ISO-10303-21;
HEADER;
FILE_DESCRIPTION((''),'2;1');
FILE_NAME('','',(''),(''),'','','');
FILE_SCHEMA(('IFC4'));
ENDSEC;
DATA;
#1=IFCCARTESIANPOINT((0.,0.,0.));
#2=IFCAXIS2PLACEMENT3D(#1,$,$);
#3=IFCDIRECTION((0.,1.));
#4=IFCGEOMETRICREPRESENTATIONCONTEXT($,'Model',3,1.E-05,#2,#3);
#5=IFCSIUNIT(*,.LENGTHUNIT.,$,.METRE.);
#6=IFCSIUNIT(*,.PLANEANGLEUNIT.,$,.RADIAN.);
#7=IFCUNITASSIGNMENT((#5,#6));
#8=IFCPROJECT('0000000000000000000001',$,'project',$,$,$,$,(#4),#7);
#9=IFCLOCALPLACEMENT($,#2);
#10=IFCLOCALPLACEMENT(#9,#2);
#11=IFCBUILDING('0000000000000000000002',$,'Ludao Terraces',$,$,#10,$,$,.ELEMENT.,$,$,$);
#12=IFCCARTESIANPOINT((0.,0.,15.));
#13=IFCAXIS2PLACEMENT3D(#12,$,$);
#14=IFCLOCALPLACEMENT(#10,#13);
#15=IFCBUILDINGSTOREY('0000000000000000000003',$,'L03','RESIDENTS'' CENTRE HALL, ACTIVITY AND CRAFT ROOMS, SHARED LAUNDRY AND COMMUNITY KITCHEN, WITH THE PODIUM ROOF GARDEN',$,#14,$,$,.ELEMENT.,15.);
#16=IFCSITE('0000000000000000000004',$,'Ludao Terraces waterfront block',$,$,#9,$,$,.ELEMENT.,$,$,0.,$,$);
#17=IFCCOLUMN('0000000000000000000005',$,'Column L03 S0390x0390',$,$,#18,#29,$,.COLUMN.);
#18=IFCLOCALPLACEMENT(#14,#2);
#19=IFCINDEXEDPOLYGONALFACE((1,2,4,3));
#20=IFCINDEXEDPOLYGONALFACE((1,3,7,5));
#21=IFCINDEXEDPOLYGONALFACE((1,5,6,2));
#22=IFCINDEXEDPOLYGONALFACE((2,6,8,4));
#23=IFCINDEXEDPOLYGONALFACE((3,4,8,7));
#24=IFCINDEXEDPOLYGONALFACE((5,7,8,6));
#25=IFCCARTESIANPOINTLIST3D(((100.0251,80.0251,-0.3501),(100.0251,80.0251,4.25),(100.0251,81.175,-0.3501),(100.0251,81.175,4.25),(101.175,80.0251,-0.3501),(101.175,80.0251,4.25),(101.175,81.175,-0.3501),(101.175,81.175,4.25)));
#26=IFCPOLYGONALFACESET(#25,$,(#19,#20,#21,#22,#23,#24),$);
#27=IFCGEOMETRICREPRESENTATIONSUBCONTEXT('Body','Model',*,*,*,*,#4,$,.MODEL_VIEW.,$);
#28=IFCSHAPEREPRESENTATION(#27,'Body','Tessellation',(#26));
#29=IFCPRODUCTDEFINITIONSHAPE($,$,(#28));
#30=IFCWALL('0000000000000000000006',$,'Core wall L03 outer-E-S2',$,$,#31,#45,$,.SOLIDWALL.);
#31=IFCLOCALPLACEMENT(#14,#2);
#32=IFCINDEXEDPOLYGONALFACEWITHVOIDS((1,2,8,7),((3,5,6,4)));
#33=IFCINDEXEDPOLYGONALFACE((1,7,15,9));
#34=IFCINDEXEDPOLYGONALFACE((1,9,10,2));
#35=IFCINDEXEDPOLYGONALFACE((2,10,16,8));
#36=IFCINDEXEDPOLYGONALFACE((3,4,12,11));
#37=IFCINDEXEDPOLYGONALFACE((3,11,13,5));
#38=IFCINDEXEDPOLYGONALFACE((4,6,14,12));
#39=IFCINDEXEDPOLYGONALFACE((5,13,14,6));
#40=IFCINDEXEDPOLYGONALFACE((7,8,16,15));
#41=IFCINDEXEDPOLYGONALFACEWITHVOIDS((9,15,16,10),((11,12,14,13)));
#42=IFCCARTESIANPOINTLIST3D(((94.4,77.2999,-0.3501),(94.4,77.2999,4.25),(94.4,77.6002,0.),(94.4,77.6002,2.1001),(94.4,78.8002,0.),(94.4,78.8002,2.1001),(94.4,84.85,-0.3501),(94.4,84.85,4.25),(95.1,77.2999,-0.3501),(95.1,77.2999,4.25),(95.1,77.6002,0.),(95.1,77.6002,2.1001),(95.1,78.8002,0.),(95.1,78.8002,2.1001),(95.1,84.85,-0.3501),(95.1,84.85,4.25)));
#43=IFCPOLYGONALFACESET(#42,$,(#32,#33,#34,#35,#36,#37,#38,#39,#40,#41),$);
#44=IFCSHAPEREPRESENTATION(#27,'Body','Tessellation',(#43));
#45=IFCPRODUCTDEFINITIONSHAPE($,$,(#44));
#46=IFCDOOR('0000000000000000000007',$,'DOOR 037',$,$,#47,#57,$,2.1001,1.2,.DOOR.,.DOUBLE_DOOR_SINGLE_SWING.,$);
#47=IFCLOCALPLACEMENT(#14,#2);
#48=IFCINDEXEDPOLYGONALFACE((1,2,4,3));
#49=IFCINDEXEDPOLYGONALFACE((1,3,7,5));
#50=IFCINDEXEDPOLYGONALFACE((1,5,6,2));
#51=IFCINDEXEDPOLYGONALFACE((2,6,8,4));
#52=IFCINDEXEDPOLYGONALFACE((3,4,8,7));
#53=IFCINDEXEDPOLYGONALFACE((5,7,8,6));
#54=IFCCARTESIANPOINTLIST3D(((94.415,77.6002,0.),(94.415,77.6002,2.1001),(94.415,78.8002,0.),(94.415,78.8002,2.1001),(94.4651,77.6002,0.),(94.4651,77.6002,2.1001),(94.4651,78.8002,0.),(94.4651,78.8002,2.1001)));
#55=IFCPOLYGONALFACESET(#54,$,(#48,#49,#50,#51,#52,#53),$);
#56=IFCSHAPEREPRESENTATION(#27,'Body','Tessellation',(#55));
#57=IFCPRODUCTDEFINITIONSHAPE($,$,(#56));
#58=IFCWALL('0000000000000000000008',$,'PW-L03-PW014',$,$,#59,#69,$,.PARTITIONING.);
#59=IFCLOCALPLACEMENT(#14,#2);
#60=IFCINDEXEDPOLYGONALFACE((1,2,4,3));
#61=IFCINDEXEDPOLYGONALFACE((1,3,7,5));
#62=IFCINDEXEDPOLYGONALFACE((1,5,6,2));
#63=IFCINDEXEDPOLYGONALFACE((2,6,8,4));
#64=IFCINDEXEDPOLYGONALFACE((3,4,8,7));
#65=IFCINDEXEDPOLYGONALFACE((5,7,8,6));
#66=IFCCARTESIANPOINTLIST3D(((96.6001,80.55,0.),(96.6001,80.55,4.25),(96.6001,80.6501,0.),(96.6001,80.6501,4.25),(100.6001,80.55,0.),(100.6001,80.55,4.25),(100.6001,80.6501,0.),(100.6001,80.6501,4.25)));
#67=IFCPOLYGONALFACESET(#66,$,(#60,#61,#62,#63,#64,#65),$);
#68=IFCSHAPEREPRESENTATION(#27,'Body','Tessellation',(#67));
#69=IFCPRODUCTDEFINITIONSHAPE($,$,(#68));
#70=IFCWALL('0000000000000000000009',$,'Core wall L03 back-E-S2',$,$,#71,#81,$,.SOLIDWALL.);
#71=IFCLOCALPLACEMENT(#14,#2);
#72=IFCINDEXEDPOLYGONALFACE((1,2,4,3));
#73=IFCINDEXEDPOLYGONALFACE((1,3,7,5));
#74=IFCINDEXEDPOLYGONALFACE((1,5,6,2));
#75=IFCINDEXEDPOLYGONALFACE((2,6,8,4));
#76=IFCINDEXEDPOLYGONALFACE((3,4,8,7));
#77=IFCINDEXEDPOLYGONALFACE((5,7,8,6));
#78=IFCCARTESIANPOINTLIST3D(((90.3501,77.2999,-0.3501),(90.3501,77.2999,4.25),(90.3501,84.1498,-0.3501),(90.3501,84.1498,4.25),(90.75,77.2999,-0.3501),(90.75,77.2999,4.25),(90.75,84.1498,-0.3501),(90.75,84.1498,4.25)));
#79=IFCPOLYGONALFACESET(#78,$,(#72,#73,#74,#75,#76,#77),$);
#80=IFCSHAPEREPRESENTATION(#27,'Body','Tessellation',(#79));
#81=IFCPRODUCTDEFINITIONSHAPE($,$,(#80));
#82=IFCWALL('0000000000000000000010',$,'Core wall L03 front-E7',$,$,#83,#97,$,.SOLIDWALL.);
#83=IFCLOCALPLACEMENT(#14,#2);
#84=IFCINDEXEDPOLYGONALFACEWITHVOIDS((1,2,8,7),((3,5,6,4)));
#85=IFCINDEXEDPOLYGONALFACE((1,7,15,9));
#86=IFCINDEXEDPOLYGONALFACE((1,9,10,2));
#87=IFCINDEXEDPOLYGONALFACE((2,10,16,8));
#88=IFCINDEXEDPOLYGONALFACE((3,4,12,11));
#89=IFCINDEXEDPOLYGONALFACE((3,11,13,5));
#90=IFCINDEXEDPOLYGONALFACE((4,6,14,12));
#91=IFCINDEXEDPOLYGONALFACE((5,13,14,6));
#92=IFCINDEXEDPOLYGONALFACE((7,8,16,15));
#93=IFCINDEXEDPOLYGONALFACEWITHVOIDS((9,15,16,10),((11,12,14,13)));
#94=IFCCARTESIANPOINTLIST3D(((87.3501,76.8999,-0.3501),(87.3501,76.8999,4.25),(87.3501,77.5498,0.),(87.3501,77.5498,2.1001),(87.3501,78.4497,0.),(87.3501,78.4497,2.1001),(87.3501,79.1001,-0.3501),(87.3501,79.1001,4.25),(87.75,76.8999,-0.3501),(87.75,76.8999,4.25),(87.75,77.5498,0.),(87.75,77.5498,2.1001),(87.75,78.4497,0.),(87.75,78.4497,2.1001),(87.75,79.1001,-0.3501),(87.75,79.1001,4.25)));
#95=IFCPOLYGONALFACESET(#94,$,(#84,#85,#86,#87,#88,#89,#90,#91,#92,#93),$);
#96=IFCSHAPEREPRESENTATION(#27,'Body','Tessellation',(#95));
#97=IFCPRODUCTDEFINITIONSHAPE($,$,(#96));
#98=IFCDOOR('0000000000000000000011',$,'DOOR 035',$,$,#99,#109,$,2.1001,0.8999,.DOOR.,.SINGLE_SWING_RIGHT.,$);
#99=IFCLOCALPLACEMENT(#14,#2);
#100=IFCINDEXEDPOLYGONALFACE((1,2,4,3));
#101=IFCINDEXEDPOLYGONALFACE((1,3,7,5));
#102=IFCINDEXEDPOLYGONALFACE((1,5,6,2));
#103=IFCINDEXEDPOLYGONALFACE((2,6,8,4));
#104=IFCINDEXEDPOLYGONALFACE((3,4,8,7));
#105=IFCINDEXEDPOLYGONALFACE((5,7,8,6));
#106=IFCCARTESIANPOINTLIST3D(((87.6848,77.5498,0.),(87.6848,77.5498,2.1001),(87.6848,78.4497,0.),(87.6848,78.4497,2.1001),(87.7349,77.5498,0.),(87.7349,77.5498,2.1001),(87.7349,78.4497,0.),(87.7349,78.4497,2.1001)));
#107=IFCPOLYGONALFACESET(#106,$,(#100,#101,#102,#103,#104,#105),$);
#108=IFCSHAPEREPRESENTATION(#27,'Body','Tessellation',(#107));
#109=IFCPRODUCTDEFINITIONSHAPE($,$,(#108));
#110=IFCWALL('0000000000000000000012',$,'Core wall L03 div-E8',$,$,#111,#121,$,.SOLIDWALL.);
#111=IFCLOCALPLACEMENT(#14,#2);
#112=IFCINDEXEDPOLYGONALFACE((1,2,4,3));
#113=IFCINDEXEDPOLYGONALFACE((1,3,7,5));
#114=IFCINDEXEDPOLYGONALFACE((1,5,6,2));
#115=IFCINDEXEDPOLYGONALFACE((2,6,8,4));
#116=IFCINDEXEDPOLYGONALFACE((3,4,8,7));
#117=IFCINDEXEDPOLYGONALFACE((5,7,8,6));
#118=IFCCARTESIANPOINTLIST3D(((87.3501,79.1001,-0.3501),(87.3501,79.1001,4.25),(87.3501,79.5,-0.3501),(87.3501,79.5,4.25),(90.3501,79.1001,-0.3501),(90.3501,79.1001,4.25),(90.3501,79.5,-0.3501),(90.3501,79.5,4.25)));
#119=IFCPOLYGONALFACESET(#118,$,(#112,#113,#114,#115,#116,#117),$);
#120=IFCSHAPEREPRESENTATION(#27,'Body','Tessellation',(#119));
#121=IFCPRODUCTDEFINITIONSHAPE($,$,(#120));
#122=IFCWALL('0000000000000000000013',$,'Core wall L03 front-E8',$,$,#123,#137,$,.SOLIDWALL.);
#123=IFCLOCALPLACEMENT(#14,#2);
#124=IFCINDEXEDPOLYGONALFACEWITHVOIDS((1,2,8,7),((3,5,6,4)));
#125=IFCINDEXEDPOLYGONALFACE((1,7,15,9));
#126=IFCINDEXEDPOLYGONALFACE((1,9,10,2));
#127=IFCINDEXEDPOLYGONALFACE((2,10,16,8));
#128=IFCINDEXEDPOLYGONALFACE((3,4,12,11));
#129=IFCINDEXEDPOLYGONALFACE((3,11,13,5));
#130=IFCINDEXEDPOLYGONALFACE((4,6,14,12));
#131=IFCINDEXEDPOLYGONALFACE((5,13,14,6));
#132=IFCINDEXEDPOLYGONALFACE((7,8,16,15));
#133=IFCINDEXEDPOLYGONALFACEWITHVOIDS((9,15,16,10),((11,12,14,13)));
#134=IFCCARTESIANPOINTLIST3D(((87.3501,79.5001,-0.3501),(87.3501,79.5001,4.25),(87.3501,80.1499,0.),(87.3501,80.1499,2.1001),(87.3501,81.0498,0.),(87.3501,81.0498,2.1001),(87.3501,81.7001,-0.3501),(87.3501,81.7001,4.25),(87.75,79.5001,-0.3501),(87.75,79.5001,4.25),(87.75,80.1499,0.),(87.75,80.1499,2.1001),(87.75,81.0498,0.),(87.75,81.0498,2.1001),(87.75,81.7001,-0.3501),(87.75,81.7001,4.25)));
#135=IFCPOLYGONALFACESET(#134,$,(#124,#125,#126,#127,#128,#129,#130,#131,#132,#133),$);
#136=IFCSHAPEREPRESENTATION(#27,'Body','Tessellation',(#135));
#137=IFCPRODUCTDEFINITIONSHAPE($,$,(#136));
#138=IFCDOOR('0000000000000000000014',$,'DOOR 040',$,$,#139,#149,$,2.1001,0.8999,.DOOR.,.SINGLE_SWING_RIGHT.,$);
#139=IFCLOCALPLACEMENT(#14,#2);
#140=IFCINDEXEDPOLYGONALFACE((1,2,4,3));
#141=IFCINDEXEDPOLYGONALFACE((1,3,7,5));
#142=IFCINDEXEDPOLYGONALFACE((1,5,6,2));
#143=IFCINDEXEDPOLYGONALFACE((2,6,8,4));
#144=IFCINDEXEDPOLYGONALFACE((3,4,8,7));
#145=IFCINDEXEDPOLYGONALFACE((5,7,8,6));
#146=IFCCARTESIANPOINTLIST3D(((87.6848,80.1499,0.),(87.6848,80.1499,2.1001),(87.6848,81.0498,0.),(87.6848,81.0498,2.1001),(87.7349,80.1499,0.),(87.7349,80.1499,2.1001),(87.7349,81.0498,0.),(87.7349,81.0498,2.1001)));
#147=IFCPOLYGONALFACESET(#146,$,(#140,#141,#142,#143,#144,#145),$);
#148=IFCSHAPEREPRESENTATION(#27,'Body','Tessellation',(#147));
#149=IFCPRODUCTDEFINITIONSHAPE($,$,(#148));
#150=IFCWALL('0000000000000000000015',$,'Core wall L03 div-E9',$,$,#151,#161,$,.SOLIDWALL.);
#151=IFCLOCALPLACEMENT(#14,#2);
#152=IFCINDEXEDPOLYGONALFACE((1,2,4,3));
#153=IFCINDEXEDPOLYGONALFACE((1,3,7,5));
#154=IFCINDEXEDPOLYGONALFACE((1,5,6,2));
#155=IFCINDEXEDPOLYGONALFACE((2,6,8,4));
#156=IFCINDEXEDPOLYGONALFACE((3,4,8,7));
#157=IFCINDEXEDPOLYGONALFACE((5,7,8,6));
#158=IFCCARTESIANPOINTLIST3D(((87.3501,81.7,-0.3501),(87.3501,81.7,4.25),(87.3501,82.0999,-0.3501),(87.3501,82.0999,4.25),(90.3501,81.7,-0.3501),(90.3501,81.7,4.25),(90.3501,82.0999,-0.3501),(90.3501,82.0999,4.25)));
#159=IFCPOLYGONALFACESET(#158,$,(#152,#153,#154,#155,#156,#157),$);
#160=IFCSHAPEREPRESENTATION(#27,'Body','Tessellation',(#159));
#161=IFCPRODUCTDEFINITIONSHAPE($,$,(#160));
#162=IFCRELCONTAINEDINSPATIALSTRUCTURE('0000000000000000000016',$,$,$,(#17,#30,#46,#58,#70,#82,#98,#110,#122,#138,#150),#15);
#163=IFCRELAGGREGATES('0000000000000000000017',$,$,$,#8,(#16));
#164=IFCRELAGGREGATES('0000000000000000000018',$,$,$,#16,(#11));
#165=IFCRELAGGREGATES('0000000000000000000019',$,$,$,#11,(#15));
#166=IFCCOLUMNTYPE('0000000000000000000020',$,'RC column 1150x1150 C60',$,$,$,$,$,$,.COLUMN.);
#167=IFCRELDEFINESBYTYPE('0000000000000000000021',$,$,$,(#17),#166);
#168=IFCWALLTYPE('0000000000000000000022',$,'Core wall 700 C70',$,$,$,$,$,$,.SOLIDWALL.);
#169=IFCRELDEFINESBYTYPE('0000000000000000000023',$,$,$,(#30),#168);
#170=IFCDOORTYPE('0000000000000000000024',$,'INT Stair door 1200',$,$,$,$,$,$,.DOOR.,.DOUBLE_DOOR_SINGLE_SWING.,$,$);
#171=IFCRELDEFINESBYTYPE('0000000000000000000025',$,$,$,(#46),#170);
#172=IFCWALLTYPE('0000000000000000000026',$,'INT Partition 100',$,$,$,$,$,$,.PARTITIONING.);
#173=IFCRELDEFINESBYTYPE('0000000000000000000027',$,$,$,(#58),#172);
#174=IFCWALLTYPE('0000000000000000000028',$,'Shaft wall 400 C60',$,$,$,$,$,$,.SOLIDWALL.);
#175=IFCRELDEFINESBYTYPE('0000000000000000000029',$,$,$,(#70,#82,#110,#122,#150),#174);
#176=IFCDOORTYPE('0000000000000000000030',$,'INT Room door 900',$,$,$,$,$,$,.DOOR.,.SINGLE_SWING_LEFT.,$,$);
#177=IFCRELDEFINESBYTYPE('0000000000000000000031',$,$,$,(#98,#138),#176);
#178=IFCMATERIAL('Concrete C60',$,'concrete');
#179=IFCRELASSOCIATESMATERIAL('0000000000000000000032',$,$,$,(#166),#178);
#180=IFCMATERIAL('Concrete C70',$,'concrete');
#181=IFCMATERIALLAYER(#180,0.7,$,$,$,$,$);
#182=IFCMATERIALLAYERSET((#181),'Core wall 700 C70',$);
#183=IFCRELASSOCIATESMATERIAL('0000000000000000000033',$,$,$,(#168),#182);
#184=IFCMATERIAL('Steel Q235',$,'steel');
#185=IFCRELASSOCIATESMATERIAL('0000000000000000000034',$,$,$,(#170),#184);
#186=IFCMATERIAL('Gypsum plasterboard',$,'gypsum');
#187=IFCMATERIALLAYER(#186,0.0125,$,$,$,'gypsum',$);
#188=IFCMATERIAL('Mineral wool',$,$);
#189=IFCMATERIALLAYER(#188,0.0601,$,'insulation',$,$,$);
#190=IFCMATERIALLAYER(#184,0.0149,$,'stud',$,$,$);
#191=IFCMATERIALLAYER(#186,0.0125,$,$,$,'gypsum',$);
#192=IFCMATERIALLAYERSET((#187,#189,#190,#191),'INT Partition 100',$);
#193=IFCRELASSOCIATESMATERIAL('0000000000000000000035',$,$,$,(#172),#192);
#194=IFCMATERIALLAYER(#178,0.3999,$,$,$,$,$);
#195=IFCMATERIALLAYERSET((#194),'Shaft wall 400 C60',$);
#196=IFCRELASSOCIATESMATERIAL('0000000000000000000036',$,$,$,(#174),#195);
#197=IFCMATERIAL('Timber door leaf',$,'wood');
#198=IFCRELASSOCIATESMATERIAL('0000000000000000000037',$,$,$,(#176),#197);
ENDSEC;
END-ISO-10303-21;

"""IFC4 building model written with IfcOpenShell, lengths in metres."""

from ifc_helpers import new_model, si_unit, direction, frame, frame_2d, origin, origin_2d, place, context, subcontext, project, spatial, rectangle, extrude, material, layer, layer_set, material_profile, profile_set, type_object, element, fill, save


model = new_model("IFC4")

# Units and contexts
model_context = context("Model", 3, precision=1e-05, world=origin(), true_north=direction((0.0, 1.0)))
body_context = subcontext(model_context, "Body", "Model", "MODEL_VIEW")
ifc_project = project(units=[si_unit("LENGTHUNIT", "METRE"), si_unit("PLANEANGLEUNIT", "RADIAN")], contexts=[model_context])

# Site, building, storey
site_placement = place(None, origin())
site = spatial("IfcSite", under=ifc_project, at=site_placement, Name="Ludao Terraces waterfront block", CompositionType="ELEMENT", RefElevation=0.0)
building_placement = place(site_placement, origin())
building = spatial("IfcBuilding", under=site, at=building_placement, Name="Ludao Terraces", CompositionType="ELEMENT")
storey_placement = place(building_placement, frame((0.0, 0.0, 15.0)))
storey = spatial("IfcBuildingStorey", under=building, at=storey_placement, Name="L03", Description="RESIDENTS' CENTRE HALL, ACTIVITY AND CRAFT ROOMS, SHARED LAUNDRY AND COMMUNITY KITCHEN, WITH THE PODIUM ROOF GARDEN", CompositionType="ELEMENT", Elevation=15.0)

# Column
ifc_material_1 = material(Name="Concrete C60", Category="concrete")
ifc_material_profile = material_profile(ifc_material_1, rectangle(XDim=1.1499, YDim=1.1499, at=origin_2d()), Name="1150 X 1150")
ifc_profile_set = profile_set([ifc_material_profile], Name="Concrete C60")
column_type = type_object("IfcColumnType", Name="RC column 1150x1150 C60", PredefinedType="COLUMN", material=ifc_profile_set)
column_placement = place(storey_placement, frame((100.6001, 80.6001, -0.3501), z_axis=(0.0, 0.0, 1.0), x_axis=(1.0, 0.0, 0.0)))
element("IfcColumn", 1, at=column_placement, inside=storey, type_object=column_type, Name="Column L03 S0390x0390", PredefinedType="COLUMN", context=body_context, shape_type="SweptSolid", body=[
    extrude(rectangle(XDim=1.1499, YDim=1.1499, at=origin_2d()), origin(), (0.0, 0.0, 1.0), 4.6001),
])

# Wall, opening, door
ifc_material_2 = material(Name="Concrete C70", Category="concrete")
ifc_layer_1 = layer(ifc_material_2, 0.7)
ifc_layer_set_1 = layer_set([ifc_layer_1], Name="Core wall 700 C70")
wall_type_1 = type_object("IfcWallType", Name="Core wall 700 C70", PredefinedType="SOLIDWALL", material=ifc_layer_set_1)
wall_1_placement = place(storey_placement, frame((94.75, 77.3, -0.3501), z_axis=(0.0, 0.0, 1.0), x_axis=(0.0, 1.0, 0.0)))
wall_1 = element("IfcWall", 2, at=wall_1_placement, inside=storey, type_object=wall_type_1, Name="Core wall L03 outer-E-S2", PredefinedType="SOLIDWALL", context=body_context, shape_type="SweptSolid", body=[
    extrude(rectangle(XDim=7.55, YDim=0.7, at=frame_2d((3.7749, 0.0))), origin(), (0.0, 0.0, 1.0), 4.6001),
])
opening_1_placement = place(wall_1_placement, frame((0.3, 0.0, 0.3501)))
opening_1 = element("IfcOpeningElement", 3, at=opening_1_placement, cuts=wall_1, PredefinedType="OPENING", context=body_context, shape_type="SweptSolid", body=[
    extrude(rectangle(XDim=1.2, YDim=2.1001, at=frame_2d((0.6001, 1.05))), frame((0.0, 0.3599, 0.0), z_axis=(0.0, -1.0, 0.0), x_axis=(1.0, 0.0, 0.0)), (0.0, 0.0, 1.0), 0.72),
])
ifc_material_3 = material(Name="Steel Q235", Category="steel")
door_type_1 = type_object("IfcDoorType", Name="INT Stair door 1200", OperationType="DOUBLE_DOOR_SINGLE_SWING", PredefinedType="DOOR", material=ifc_material_3)
door_1_placement = place(opening_1_placement, origin())
door_1 = element("IfcDoor", 4, at=door_1_placement, inside=storey, type_object=door_type_1, Name="DOOR 037", OperationType="DOUBLE_DOOR_SINGLE_SWING", OverallHeight=2.1001, OverallWidth=1.2, PredefinedType="DOOR", context=body_context, shape_type="SweptSolid", body=[
    extrude(rectangle(XDim=1.2, YDim=2.1001, at=frame_2d((0.6001, 1.05))), frame((0.0, 0.335, 0.0), z_axis=(0.0, -1.0, 0.0), x_axis=(1.0, 0.0, 0.0)), (0.0, 0.0, 1.0), 0.05),
])
fill(opening_1, door_1)

# Walls
ifc_material_4 = material(Name="Gypsum plasterboard", Category="gypsum")
ifc_layer_2 = layer(ifc_material_4, 0.0125, Category="gypsum")
ifc_material_5 = material(Name="Mineral wool")
ifc_layer_3 = layer(ifc_material_5, 0.0601, Name="insulation")
ifc_layer_4 = layer(ifc_material_3, 0.0149, Name="stud")
ifc_layer_5 = layer(ifc_material_4, 0.0125, Category="gypsum")
ifc_layer_set_2 = layer_set([ifc_layer_2, ifc_layer_3, ifc_layer_4, ifc_layer_5], Name="INT Partition 100")
wall_type_2 = type_object("IfcWallType", Name="INT Partition 100", PredefinedType="PARTITIONING", material=ifc_layer_set_2)
wall_2_placement = place(storey_placement, frame((96.6001, 80.6001, 0.0), z_axis=(0.0, 0.0, 1.0), x_axis=(1.0, 0.0, 0.0)))
element("IfcWall", 5, at=wall_2_placement, inside=storey, type_object=wall_type_2, Name="PW-L03-PW014", PredefinedType="PARTITIONING", context=body_context, shape_type="SweptSolid", body=[
    extrude(rectangle(XDim=4.0, YDim=0.1001, at=frame_2d((2.0, 0.0))), origin(), (0.0, 0.0, 1.0), 4.25),
])
ifc_layer_6 = layer(ifc_material_1, 0.3999)
ifc_layer_set_3 = layer_set([ifc_layer_6], Name="Shaft wall 400 C60")
wall_type_3 = type_object("IfcWallType", Name="Shaft wall 400 C60", PredefinedType="SOLIDWALL", material=ifc_layer_set_3)
wall_3_placement = place(storey_placement, frame((90.55, 77.3, -0.3501), z_axis=(0.0, 0.0, 1.0), x_axis=(0.0, 1.0, 0.0)))
element("IfcWall", 6, at=wall_3_placement, inside=storey, type_object=wall_type_3, Name="Core wall L03 back-E-S2", PredefinedType="SOLIDWALL", context=body_context, shape_type="SweptSolid", body=[
    extrude(rectangle(XDim=6.8499, YDim=0.3999, at=frame_2d((3.4248, 0.0))), origin(), (0.0, 0.0, 1.0), 4.6001),
])

# Wall, opening, door
wall_4_placement = place(storey_placement, frame((87.55, 76.8999, -0.3501), z_axis=(0.0, 0.0, 1.0), x_axis=(0.0, 1.0, 0.0)))
wall_4 = element("IfcWall", 7, at=wall_4_placement, inside=storey, type_object=wall_type_3, Name="Core wall L03 front-E7", PredefinedType="SOLIDWALL", context=body_context, shape_type="SweptSolid", body=[
    extrude(rectangle(XDim=2.2002, YDim=0.3999, at=frame_2d((1.1001, 0.0))), origin(), (0.0, 0.0, 1.0), 4.6001),
])
opening_2_placement = place(wall_4_placement, frame((0.6499, 0.0, 0.3501)))
opening_2 = element("IfcOpeningElement", 8, at=opening_2_placement, cuts=wall_4, PredefinedType="OPENING", context=body_context, shape_type="SweptSolid", body=[
    extrude(rectangle(XDim=0.8999, YDim=2.1001, at=frame_2d((0.45, 1.05))), frame((0.0, 0.21, 0.0), z_axis=(0.0, -1.0, 0.0), x_axis=(1.0, 0.0, 0.0)), (0.0, 0.0, 1.0), 0.4199),
])
ifc_material_6 = material(Name="Timber door leaf", Category="wood")
door_type_2 = type_object("IfcDoorType", Name="INT Room door 900", OperationType="SINGLE_SWING_LEFT", PredefinedType="DOOR", material=ifc_material_6)
door_2_placement = place(opening_2_placement, origin())
door_2 = element("IfcDoor", 9, at=door_2_placement, inside=storey, type_object=door_type_2, Name="DOOR 035", OperationType="SINGLE_SWING_RIGHT", OverallHeight=2.1001, OverallWidth=0.8999, PredefinedType="DOOR", context=body_context, shape_type="SweptSolid", body=[
    extrude(rectangle(XDim=0.8999, YDim=2.1001, at=frame_2d((0.45, 1.05))), frame((0.0, -0.1348, 0.0), z_axis=(0.0, -1.0, 0.0), x_axis=(1.0, 0.0, 0.0)), (0.0, 0.0, 1.0), 0.05),
])
fill(opening_2, door_2)

# Wall
wall_5_placement = place(storey_placement, frame((87.3501, 79.3, -0.3501), z_axis=(0.0, 0.0, 1.0), x_axis=(1.0, 0.0, 0.0)))
element("IfcWall", 10, at=wall_5_placement, inside=storey, type_object=wall_type_3, Name="Core wall L03 div-E8", PredefinedType="SOLIDWALL", context=body_context, shape_type="SweptSolid", body=[
    extrude(rectangle(XDim=3.0, YDim=0.3999, at=frame_2d((1.5, 0.0))), origin(), (0.0, 0.0, 1.0), 4.6001),
])

# Wall, opening, door
wall_6_placement = place(storey_placement, frame((87.55, 79.5, -0.3501), z_axis=(0.0, 0.0, 1.0), x_axis=(0.0, 1.0, 0.0)))
wall_6 = element("IfcWall", 11, at=wall_6_placement, inside=storey, type_object=wall_type_3, Name="Core wall L03 front-E8", PredefinedType="SOLIDWALL", context=body_context, shape_type="SweptSolid", body=[
    extrude(rectangle(XDim=2.2, YDim=0.3999, at=frame_2d((1.1001, 0.0))), origin(), (0.0, 0.0, 1.0), 4.6001),
])
opening_3_placement = place(wall_6_placement, frame((0.6499, 0.0, 0.3501)))
opening_3 = element("IfcOpeningElement", 12, at=opening_3_placement, cuts=wall_6, PredefinedType="OPENING", context=body_context, shape_type="SweptSolid", body=[
    extrude(rectangle(XDim=0.8999, YDim=2.1001, at=frame_2d((0.45, 1.05))), frame((0.0, 0.21, 0.0), z_axis=(0.0, -1.0, 0.0), x_axis=(1.0, 0.0, 0.0)), (0.0, 0.0, 1.0), 0.4199),
])
door_3_placement = place(opening_3_placement, origin())
door_3 = element("IfcDoor", 13, at=door_3_placement, inside=storey, type_object=door_type_2, Name="DOOR 040", OperationType="SINGLE_SWING_RIGHT", OverallHeight=2.1001, OverallWidth=0.8999, PredefinedType="DOOR", context=body_context, shape_type="SweptSolid", body=[
    extrude(rectangle(XDim=0.8999, YDim=2.1001, at=frame_2d((0.45, 1.05))), frame((0.0, -0.1348, 0.0), z_axis=(0.0, -1.0, 0.0), x_axis=(1.0, 0.0, 0.0)), (0.0, 0.0, 1.0), 0.05),
])
fill(opening_3, door_3)

# Wall
wall_7_placement = place(storey_placement, frame((87.3501, 81.8999, -0.3501), z_axis=(0.0, 0.0, 1.0), x_axis=(1.0, 0.0, 0.0)))
element("IfcWall", 14, at=wall_7_placement, inside=storey, type_object=wall_type_3, Name="Core wall L03 div-E9", PredefinedType="SOLIDWALL", context=body_context, shape_type="SweptSolid", body=[
    extrude(rectangle(XDim=3.0, YDim=0.3999, at=frame_2d((1.5, 0.0))), origin(), (0.0, 0.0, 1.0), 4.6001),
])

save(model, "model.ifc")
